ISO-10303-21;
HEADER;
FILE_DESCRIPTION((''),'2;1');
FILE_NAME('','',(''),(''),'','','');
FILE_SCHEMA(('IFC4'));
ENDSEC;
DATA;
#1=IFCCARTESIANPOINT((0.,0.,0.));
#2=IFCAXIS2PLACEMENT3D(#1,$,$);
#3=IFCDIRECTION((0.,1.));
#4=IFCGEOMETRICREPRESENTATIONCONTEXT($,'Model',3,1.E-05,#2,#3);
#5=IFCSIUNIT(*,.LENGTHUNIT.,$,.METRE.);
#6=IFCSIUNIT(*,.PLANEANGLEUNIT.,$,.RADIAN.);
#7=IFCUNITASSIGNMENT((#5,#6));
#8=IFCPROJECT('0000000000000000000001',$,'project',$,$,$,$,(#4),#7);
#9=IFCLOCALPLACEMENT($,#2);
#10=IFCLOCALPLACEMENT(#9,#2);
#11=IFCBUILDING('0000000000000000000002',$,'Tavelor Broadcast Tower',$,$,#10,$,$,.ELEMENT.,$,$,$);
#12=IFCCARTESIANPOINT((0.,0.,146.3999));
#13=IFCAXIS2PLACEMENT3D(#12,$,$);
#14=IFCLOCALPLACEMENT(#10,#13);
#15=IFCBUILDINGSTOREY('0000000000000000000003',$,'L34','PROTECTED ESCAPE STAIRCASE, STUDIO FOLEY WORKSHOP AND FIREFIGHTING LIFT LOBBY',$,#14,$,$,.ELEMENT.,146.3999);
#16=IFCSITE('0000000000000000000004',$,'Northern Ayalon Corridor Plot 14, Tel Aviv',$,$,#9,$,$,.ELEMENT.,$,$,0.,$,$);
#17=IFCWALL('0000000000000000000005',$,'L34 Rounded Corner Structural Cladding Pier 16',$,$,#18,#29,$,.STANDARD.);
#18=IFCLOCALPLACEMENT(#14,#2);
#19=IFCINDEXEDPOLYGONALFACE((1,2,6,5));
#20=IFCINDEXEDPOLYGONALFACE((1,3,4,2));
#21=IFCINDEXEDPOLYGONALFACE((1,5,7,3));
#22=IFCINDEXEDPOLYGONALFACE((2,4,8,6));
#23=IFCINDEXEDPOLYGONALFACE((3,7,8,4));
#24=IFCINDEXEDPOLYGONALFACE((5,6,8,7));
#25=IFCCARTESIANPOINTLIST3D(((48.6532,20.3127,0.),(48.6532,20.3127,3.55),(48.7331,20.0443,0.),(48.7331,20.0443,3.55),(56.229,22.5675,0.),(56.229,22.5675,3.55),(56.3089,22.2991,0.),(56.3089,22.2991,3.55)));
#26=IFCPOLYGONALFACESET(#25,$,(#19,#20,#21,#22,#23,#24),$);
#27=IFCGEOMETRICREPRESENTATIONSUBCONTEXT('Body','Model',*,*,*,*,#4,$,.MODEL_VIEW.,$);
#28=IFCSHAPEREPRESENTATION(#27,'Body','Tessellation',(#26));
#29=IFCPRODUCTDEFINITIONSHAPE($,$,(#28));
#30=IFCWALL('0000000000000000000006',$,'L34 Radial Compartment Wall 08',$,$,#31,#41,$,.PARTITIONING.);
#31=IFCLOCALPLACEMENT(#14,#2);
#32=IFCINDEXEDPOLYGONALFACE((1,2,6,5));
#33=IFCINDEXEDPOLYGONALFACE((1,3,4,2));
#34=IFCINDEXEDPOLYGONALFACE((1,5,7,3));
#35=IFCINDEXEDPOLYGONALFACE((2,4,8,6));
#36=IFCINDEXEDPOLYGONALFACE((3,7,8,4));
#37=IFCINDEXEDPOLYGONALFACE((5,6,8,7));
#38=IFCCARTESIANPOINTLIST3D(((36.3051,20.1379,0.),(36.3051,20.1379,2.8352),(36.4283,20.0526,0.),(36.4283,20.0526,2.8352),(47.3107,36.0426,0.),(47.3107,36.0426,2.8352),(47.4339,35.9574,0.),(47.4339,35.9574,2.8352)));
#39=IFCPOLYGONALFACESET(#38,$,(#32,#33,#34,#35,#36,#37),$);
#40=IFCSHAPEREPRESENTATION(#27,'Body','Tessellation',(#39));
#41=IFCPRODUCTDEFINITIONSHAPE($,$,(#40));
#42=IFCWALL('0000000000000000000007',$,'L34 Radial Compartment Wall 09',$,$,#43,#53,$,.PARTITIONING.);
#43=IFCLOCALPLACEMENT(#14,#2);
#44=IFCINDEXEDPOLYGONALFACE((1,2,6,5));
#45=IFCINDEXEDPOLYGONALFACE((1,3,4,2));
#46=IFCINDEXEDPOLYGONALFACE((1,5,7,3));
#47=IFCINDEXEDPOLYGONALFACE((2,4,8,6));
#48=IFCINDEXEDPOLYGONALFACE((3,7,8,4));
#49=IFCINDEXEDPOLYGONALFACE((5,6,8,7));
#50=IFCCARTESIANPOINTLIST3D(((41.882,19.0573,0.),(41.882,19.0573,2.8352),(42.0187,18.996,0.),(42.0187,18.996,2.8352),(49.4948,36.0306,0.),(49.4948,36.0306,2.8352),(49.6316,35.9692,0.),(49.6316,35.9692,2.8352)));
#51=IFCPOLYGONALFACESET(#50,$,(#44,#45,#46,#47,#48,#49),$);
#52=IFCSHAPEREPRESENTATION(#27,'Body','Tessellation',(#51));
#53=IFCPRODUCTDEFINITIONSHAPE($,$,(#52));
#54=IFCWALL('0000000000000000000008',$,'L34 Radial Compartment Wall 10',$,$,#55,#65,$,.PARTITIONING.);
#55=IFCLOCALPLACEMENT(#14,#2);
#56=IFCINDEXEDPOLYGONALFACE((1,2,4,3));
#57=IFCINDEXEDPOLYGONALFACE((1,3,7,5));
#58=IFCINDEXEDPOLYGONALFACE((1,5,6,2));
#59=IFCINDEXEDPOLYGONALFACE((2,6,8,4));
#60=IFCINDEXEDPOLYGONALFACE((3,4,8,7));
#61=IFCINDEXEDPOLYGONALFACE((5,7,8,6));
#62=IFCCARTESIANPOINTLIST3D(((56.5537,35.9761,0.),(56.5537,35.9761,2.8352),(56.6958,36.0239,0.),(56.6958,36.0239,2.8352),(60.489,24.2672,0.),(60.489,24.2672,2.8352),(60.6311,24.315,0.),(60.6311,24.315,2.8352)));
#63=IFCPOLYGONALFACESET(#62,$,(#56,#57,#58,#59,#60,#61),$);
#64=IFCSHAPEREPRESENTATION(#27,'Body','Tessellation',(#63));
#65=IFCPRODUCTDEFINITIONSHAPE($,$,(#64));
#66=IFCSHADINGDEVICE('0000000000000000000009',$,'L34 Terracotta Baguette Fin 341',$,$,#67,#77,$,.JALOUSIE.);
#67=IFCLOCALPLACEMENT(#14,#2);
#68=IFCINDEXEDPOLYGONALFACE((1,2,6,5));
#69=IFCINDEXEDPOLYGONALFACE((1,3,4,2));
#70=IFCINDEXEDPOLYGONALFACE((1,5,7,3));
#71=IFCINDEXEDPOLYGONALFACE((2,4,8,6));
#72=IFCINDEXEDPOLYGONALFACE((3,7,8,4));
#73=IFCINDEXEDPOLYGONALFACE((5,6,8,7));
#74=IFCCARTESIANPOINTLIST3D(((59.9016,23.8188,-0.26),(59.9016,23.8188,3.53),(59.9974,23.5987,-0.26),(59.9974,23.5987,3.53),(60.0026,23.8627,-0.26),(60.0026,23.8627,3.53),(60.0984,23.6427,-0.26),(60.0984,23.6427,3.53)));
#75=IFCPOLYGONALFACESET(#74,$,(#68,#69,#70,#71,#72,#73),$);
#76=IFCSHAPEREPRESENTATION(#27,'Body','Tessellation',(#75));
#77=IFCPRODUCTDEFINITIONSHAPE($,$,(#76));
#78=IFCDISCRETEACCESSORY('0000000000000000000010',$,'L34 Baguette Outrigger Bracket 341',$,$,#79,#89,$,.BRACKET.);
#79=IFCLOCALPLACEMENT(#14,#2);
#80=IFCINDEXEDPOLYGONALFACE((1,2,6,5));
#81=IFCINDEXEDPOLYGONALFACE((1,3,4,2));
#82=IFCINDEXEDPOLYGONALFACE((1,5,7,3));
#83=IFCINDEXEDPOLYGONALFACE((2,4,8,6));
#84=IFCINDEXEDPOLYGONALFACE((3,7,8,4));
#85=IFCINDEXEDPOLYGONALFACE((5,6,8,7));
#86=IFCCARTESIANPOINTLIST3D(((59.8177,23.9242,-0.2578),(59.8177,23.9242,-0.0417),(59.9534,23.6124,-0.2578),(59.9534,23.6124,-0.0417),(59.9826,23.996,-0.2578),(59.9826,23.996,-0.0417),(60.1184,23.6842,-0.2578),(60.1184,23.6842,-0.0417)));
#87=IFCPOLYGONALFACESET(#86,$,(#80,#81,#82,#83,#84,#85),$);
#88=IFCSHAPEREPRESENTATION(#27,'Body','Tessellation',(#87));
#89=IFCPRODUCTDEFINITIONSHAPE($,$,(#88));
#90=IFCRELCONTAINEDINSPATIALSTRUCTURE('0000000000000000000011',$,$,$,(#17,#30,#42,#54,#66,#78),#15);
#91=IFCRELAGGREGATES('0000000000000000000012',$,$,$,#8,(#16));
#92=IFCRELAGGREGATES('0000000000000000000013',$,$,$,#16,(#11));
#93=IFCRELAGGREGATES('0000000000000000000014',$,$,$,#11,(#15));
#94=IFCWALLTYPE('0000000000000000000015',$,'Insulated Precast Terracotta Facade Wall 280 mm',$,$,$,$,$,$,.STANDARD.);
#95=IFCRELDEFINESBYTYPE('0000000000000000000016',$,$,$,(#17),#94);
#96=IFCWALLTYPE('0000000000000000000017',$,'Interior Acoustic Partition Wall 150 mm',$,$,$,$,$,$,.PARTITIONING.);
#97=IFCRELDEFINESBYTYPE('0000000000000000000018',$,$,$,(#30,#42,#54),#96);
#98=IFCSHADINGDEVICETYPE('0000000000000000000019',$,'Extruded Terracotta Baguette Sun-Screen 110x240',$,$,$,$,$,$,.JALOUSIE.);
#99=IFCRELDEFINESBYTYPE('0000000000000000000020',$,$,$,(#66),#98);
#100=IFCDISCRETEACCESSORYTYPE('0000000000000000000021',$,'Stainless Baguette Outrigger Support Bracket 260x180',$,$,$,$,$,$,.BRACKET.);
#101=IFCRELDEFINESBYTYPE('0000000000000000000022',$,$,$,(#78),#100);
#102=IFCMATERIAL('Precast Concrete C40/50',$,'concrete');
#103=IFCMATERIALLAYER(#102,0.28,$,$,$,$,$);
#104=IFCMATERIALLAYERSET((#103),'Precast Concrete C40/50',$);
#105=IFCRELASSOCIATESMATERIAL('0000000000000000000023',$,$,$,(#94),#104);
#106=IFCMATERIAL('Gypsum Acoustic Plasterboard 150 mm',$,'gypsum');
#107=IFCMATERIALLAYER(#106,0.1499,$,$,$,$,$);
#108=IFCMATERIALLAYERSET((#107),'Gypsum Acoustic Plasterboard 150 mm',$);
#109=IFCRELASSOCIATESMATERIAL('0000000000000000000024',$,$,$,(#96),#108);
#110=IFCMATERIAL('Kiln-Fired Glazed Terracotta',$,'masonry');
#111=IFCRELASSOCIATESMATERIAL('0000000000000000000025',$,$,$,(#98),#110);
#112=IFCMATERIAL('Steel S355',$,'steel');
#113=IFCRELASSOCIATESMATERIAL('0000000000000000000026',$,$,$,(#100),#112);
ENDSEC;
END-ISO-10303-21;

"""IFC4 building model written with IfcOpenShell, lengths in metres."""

from ifc_helpers import new_model, si_unit, direction, frame, frame_2d, origin, origin_2d, place, context, subcontext, project, spatial, rectangle, extrude, source, transform, mapped, material, layer, layer_set, type_object, type_shapes, element, save


model = new_model("IFC4")

# Units and contexts
model_context = context("Model", 3, precision=1e-05, world=origin(), true_north=direction((0.0, 1.0)))
body_context = subcontext(model_context, "Body", "Model", "MODEL_VIEW")
ifc_project = project(units=[si_unit("LENGTHUNIT", "METRE"), si_unit("PLANEANGLEUNIT", "RADIAN")], contexts=[model_context])

# Site, building, storey
site_placement = place(None, origin())
site = spatial("IfcSite", under=ifc_project, at=site_placement, Name="Northern Ayalon Corridor Plot 14, Tel Aviv", CompositionType="ELEMENT", RefElevation=0.0)
building_placement = place(site_placement, origin())
building = spatial("IfcBuilding", under=site, at=building_placement, Name="Tavelor Broadcast Tower", CompositionType="ELEMENT")
storey_placement = place(building_placement, frame((0.0, 0.0, 146.3999)))
storey = spatial("IfcBuildingStorey", under=building, at=storey_placement, Name="L34", Description="PROTECTED ESCAPE STAIRCASE, STUDIO FOLEY WORKSHOP AND FIREFIGHTING LIFT LOBBY", CompositionType="ELEMENT", Elevation=146.3999)

# Shared definitions
ifc_material_1 = material(Name="Steel S355", Category="steel")

# Walls
ifc_material_2 = material(Name="Precast Concrete C40/50", Category="concrete")
ifc_layer_1 = layer(ifc_material_2, 0.28)
ifc_layer_set_1 = layer_set([ifc_layer_1], Name="Precast Concrete C40/50")
wall_type_1 = type_object("IfcWallType", Name="Insulated Precast Terracotta Facade Wall 280 mm", PredefinedType="STANDARD", material=ifc_layer_set_1)
wall_1_placement = place(storey_placement, frame((48.6931, 20.1785, 0.0), z_axis=(0.0, 0.0, 1.0), x_axis=(0.958447, 0.28527, 0.0)))
element("IfcWall", 1, at=wall_1_placement, inside=storey, type_object=wall_type_1, Name="L34 Rounded Corner Structural Cladding Pier 16", PredefinedType="STANDARD", context=body_context, shape_type="SweptSolid", body=[
    extrude(rectangle(XDim=7.9043, YDim=0.28, at=frame_2d((3.9521, 0.0))), origin(), (0.0, 0.0, 1.0), 3.55),
])
ifc_material_3 = material(Name="Gypsum Acoustic Plasterboard 150 mm", Category="gypsum")
ifc_layer_2 = layer(ifc_material_3, 0.1499)
ifc_layer_set_2 = layer_set([ifc_layer_2], Name="Gypsum Acoustic Plasterboard 150 mm")
wall_type_2 = type_object("IfcWallType", Name="Interior Acoustic Partition Wall 150 mm", PredefinedType="PARTITIONING", material=ifc_layer_set_2)
wall_2_placement = place(storey_placement, frame((47.3723, 36.0, 0.0), z_axis=(0.0, 0.0, 1.0), x_axis=(-0.569022, -0.822323, 0.0)))
element("IfcWall", 2, at=wall_2_placement, inside=storey, type_object=wall_type_2, Name="L34 Radial Compartment Wall 08", PredefinedType="PARTITIONING", context=body_context, shape_type="SweptSolid", body=[
    extrude(rectangle(XDim=19.3413, YDim=0.1499, at=frame_2d((9.6707, 0.0))), origin(), (0.0, 0.0, 1.0), 2.8352),
])
wall_3_placement = place(storey_placement, frame((49.5632, 36.0, 0.0), z_axis=(0.0, 0.0, 1.0), x_axis=(-0.409241, -0.912426, 0.0)))
element("IfcWall", 3, at=wall_3_placement, inside=storey, type_object=wall_type_2, Name="L34 Radial Compartment Wall 09", PredefinedType="PARTITIONING", context=body_context, shape_type="SweptSolid", body=[
    extrude(rectangle(XDim=18.6023, YDim=0.1499, at=frame_2d((9.3013, 0.0))), origin(), (0.0, 0.0, 1.0), 2.8352),
])
wall_4_placement = place(storey_placement, frame((56.6248, 36.0, 0.0), z_axis=(0.0, 0.0, 1.0), x_axis=(0.318581, -0.947896, 0.0)))
element("IfcWall", 4, at=wall_4_placement, inside=storey, type_object=wall_type_2, Name="L34 Radial Compartment Wall 10", PredefinedType="PARTITIONING", context=body_context, shape_type="SweptSolid", body=[
    extrude(rectangle(XDim=12.3525, YDim=0.1499, at=frame_2d((6.1763, 0.0))), origin(), (0.0, 0.0, 1.0), 2.8352),
])

# Shading device
ifc_material_4 = material(Name="Kiln-Fired Glazed Terracotta", Category="masonry")
shading_device_type = type_object("IfcShadingDeviceType", Name="Extruded Terracotta Baguette Sun-Screen 110x240", PredefinedType="JALOUSIE", material=ifc_material_4)
shared_shape_1 = source(origin(), body_context, "Body", "SweptSolid", [
    extrude(rectangle(XDim=0.1101, YDim=0.24, at=origin_2d()), origin(), (0.0, 0.0, 1.0), 3.79),
])
type_shapes(shading_device_type, [shared_shape_1])
shading_device_placement = place(storey_placement, frame((60.0, 23.7307, -0.26), z_axis=(0.0, 0.0, 1.0), x_axis=(0.916921, 0.399069, 0.0)))
element("IfcShadingDevice", 5, at=shading_device_placement, inside=storey, type_object=shading_device_type, Name="L34 Terracotta Baguette Fin 341", PredefinedType="JALOUSIE", context=body_context, shape_type="MappedRepresentation", body=[
    mapped(shared_shape_1, transform((0.0, 0.0, 0.0), scale=1.0)),
])

# Discrete accessory
discrete_accessory_type = type_object("IfcDiscreteAccessoryType", Name="Stainless Baguette Outrigger Support Bracket 260x180", PredefinedType="BRACKET", material=ifc_material_1)
shared_shape_2 = source(origin(), body_context, "Body", "SweptSolid", [
    extrude(rectangle(XDim=0.1799, YDim=0.3401, at=origin_2d()), origin(), (0.0, 0.0, 1.0), 0.2161),
])
type_shapes(discrete_accessory_type, [shared_shape_2])
discrete_accessory_placement = place(storey_placement, frame((59.968, 23.8042, -0.2578), z_axis=(0.0, 0.0, 1.0), x_axis=(0.916921, 0.399069, 0.0)))
element("IfcDiscreteAccessory", 6, at=discrete_accessory_placement, inside=storey, type_object=discrete_accessory_type, Name="L34 Baguette Outrigger Bracket 341", PredefinedType="BRACKET", context=body_context, shape_type="MappedRepresentation", body=[
    mapped(shared_shape_2, transform((0.0, 0.0, 0.0), scale=1.0)),
])

save(model, "model.ifc")
